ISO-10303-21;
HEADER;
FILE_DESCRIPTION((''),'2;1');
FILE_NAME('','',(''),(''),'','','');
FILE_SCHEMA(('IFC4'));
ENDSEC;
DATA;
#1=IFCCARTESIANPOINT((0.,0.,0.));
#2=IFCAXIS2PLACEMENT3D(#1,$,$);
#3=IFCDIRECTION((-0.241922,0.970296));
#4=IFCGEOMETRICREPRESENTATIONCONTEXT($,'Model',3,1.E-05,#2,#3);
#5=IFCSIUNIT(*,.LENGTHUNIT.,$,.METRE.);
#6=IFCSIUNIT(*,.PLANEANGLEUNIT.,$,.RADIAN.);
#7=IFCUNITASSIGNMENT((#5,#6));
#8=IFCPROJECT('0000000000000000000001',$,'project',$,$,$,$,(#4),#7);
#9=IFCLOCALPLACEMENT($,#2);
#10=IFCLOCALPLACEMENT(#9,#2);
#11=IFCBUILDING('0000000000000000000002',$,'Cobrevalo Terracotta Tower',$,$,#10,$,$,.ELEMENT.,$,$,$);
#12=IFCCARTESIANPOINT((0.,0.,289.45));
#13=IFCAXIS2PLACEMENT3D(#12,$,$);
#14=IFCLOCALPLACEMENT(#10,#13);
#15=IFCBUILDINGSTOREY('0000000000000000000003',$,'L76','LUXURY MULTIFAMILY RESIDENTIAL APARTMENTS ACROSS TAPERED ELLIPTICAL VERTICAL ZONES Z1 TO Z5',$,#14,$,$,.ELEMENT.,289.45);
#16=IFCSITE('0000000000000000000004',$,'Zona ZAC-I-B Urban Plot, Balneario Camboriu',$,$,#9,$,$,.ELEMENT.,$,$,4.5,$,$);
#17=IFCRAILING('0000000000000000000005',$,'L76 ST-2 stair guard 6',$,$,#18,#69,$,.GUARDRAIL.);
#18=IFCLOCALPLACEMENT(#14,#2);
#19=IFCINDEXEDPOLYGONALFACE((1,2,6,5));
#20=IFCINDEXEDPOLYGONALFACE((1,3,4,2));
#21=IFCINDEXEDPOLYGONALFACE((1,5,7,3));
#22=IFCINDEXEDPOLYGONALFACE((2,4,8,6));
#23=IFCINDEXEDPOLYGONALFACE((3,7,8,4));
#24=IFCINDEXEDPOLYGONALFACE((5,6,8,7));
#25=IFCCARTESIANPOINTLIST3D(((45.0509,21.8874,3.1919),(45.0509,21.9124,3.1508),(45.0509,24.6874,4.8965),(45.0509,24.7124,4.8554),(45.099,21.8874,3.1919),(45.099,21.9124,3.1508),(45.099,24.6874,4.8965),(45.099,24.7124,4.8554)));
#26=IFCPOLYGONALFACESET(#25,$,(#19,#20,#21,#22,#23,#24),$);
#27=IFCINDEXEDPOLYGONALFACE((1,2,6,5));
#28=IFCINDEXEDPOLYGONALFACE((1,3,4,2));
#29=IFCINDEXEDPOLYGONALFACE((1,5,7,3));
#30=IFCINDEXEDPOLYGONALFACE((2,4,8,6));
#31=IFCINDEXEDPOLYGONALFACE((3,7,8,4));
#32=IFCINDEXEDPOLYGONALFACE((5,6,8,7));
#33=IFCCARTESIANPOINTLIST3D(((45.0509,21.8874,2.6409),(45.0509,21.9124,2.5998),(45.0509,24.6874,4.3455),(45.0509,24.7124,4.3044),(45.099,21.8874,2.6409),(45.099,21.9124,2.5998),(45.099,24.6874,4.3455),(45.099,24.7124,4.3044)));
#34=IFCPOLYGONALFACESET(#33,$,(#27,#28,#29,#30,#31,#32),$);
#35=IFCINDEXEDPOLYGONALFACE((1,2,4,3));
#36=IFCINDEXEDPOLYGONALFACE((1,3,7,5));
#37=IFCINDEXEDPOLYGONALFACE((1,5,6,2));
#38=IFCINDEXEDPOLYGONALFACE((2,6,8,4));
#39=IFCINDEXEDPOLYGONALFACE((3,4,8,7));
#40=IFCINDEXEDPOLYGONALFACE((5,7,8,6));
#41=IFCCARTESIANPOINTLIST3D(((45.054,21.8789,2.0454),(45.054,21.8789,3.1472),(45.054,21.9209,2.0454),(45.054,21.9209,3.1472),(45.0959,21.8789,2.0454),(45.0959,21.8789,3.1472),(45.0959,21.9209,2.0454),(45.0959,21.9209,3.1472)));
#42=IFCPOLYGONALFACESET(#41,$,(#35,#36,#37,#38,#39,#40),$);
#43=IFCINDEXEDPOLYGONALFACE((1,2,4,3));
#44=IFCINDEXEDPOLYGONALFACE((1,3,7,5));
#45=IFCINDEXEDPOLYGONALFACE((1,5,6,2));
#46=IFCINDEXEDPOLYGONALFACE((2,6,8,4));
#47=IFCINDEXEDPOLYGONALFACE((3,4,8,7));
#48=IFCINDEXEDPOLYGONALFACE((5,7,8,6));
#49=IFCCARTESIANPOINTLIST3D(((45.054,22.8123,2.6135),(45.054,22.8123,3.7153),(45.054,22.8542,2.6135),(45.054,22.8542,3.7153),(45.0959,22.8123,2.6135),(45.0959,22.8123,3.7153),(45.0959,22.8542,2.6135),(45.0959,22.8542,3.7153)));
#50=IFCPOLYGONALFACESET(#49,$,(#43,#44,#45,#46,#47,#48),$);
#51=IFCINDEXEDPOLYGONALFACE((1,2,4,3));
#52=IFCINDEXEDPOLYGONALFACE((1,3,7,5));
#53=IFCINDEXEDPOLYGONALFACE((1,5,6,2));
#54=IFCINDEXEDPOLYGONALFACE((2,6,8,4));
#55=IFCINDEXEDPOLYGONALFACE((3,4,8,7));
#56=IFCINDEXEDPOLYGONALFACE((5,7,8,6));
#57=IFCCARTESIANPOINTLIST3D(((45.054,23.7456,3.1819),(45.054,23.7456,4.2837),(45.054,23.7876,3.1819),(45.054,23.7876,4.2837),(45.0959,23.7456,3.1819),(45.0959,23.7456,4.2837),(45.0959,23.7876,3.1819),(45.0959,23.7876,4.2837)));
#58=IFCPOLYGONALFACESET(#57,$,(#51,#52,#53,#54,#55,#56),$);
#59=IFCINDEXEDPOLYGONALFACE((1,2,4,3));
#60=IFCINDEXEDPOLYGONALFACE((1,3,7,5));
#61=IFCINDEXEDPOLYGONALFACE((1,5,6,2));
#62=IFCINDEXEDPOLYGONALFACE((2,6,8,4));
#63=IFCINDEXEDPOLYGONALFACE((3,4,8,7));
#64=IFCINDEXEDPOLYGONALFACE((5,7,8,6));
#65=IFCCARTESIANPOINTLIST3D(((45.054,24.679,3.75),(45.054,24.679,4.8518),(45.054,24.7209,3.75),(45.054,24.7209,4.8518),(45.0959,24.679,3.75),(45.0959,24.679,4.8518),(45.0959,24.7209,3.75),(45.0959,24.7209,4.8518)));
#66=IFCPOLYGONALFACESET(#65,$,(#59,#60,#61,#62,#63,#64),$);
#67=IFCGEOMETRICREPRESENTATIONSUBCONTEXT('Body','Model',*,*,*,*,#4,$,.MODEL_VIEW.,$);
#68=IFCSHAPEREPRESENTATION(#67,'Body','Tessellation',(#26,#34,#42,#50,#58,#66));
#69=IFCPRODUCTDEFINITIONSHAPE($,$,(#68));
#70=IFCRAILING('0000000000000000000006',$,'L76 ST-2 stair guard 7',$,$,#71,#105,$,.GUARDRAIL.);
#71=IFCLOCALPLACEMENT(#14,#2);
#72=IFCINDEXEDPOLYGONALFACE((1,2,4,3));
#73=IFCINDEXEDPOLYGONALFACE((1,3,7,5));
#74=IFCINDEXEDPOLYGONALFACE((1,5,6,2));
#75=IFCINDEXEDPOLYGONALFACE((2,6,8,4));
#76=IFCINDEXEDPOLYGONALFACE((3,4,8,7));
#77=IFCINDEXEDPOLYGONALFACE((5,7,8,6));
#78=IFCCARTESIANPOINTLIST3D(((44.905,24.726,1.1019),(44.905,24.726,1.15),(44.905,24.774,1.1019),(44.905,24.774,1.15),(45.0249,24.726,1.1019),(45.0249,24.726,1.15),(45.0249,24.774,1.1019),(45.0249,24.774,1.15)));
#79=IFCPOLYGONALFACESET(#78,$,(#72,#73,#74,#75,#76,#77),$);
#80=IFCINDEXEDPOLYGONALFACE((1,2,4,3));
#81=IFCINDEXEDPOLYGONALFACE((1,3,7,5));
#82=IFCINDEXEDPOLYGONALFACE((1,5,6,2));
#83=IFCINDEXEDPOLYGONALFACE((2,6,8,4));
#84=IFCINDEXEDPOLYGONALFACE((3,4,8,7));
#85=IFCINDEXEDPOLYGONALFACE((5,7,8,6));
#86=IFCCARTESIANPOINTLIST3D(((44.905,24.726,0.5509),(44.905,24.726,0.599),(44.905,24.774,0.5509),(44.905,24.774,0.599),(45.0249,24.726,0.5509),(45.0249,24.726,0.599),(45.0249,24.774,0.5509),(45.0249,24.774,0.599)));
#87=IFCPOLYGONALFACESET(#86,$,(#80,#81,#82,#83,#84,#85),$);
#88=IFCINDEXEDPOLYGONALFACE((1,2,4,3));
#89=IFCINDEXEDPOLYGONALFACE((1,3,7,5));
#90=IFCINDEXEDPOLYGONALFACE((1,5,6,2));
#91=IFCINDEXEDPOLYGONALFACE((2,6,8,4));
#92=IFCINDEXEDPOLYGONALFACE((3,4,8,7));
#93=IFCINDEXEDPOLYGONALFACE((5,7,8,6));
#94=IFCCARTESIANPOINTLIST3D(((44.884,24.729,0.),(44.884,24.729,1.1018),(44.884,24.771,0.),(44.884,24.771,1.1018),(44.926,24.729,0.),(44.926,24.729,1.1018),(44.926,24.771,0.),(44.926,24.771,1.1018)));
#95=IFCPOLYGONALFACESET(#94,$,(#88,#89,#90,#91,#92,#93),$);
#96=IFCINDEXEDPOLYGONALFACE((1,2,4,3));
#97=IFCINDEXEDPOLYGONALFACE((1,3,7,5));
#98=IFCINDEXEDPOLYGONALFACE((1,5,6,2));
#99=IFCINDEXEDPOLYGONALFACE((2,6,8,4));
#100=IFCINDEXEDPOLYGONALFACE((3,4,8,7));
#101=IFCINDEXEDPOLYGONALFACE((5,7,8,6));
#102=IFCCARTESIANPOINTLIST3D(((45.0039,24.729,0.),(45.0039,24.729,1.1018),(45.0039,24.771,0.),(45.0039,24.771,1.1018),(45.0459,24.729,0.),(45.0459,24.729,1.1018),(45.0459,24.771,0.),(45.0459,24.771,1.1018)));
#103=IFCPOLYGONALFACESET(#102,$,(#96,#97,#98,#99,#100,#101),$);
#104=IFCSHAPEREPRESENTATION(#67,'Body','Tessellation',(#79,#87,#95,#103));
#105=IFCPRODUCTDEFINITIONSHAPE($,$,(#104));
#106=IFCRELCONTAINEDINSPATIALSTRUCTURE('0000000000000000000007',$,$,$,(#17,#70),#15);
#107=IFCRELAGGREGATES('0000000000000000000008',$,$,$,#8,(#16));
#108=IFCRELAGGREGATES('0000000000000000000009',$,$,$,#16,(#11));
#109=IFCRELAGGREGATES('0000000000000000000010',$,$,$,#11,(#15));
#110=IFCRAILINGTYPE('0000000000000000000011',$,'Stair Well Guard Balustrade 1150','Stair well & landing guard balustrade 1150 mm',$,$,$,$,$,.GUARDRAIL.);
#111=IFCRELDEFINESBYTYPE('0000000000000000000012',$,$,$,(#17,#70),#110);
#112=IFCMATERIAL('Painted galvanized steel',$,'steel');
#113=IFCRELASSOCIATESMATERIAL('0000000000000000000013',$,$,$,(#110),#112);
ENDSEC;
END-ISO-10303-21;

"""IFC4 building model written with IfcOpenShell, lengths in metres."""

from ifc_helpers import new_model, si_unit, direction, frame, origin, origin_2d, place, context, subcontext, project, spatial, rectangle, extrude, material, type_object, element, save


model = new_model("IFC4")

# Units and contexts
model_context = context("Model", 3, precision=1e-05, world=origin(), true_north=direction((-0.241922, 0.970296)))
body_context = subcontext(model_context, "Body", "Model", "MODEL_VIEW")
ifc_project = project(units=[si_unit("LENGTHUNIT", "METRE"), si_unit("PLANEANGLEUNIT", "RADIAN")], contexts=[model_context])

# Site, building, storey
site_placement = place(None, origin())
site = spatial("IfcSite", under=ifc_project, at=site_placement, Name="Zona ZAC-I-B Urban Plot, Balneario Camboriu", CompositionType="ELEMENT", RefElevation=4.5)
building_placement = place(site_placement, origin())
building = spatial("IfcBuilding", under=site, at=building_placement, Name="Cobrevalo Terracotta Tower", CompositionType="ELEMENT")
storey_placement = place(building_placement, frame((0.0, 0.0, 289.45)))
storey = spatial("IfcBuildingStorey", under=building, at=storey_placement, Name="L76", Description="LUXURY MULTIFAMILY RESIDENTIAL APARTMENTS ACROSS TAPERED ELLIPTICAL VERTICAL ZONES Z1 TO Z5", CompositionType="ELEMENT", Elevation=289.45)

# Railings
ifc_material_1 = material(Name="Painted galvanized steel", Category="steel")
railing_type_1 = type_object("IfcRailingType", Name="Stair Well Guard Balustrade 1150", Description="Stair well & landing guard balustrade 1150 mm", PredefinedType="GUARDRAIL", material=ifc_material_1)
railing_1_placement = place(storey_placement, frame((45.075, 21.8999, 2.0454)))
element("IfcRailing", 1, at=railing_1_placement, inside=storey, type_object=railing_type_1, Name="L76 ST-2 stair guard 6", PredefinedType="GUARDRAIL", context=body_context, shape_type="SweptSolid", body=[
    extrude(rectangle(XDim=0.0481, YDim=0.0481, at=origin_2d()), frame((0.0, 0.0, 1.126), z_axis=(0.0, 0.85417, 0.519994), x_axis=(-1.0, 0.0, 0.0)), (0.0, 0.0, 1.0), 3.2781),
    extrude(rectangle(XDim=0.0481, YDim=0.0481, at=origin_2d()), frame((0.0, 0.0, 0.575), z_axis=(0.0, 0.85417, 0.519994), x_axis=(-1.0, 0.0, 0.0)), (0.0, 0.0, 1.0), 3.2781),
    extrude(rectangle(XDim=0.042, YDim=0.042, at=origin_2d()), origin(), (0.0, 0.0, 1.0), 1.1018),
    extrude(rectangle(XDim=0.042, YDim=0.042, at=origin_2d()), frame((0.0, 0.9333, 0.5681)), (0.0, 0.0, 1.0), 1.1018),
    extrude(rectangle(XDim=0.042, YDim=0.042, at=origin_2d()), frame((0.0, 1.8667, 1.1365)), (0.0, 0.0, 1.0), 1.1018),
    extrude(rectangle(XDim=0.042, YDim=0.042, at=origin_2d()), frame((0.0, 2.8, 1.7046)), (0.0, 0.0, 1.0), 1.1018),
])
railing_2_placement = place(storey_placement, frame((44.905, 24.75, 0.0)))
element("IfcRailing", 2, at=railing_2_placement, inside=storey, type_object=railing_type_1, Name="L76 ST-2 stair guard 7", PredefinedType="GUARDRAIL", context=body_context, shape_type="SweptSolid", body=[
    extrude(rectangle(XDim=0.0481, YDim=0.0481, at=origin_2d()), frame((0.0, 0.0, 1.126), z_axis=(1.0, 0.0, 0.0), x_axis=(0.0, 1.0, 0.0)), (0.0, 0.0, 1.0), 0.1199),
    extrude(rectangle(XDim=0.0481, YDim=0.0481, at=origin_2d()), frame((0.0, 0.0, 0.575), z_axis=(1.0, 0.0, 0.0), x_axis=(0.0, 1.0, 0.0)), (0.0, 0.0, 1.0), 0.1199),
    extrude(rectangle(XDim=0.042, YDim=0.042, at=origin_2d()), origin(), (0.0, 0.0, 1.0), 1.1018),
    extrude(rectangle(XDim=0.042, YDim=0.042, at=origin_2d()), frame((0.1199, 0.0, 0.0)), (0.0, 0.0, 1.0), 1.1018),
])

save(model, "model.ifc")
